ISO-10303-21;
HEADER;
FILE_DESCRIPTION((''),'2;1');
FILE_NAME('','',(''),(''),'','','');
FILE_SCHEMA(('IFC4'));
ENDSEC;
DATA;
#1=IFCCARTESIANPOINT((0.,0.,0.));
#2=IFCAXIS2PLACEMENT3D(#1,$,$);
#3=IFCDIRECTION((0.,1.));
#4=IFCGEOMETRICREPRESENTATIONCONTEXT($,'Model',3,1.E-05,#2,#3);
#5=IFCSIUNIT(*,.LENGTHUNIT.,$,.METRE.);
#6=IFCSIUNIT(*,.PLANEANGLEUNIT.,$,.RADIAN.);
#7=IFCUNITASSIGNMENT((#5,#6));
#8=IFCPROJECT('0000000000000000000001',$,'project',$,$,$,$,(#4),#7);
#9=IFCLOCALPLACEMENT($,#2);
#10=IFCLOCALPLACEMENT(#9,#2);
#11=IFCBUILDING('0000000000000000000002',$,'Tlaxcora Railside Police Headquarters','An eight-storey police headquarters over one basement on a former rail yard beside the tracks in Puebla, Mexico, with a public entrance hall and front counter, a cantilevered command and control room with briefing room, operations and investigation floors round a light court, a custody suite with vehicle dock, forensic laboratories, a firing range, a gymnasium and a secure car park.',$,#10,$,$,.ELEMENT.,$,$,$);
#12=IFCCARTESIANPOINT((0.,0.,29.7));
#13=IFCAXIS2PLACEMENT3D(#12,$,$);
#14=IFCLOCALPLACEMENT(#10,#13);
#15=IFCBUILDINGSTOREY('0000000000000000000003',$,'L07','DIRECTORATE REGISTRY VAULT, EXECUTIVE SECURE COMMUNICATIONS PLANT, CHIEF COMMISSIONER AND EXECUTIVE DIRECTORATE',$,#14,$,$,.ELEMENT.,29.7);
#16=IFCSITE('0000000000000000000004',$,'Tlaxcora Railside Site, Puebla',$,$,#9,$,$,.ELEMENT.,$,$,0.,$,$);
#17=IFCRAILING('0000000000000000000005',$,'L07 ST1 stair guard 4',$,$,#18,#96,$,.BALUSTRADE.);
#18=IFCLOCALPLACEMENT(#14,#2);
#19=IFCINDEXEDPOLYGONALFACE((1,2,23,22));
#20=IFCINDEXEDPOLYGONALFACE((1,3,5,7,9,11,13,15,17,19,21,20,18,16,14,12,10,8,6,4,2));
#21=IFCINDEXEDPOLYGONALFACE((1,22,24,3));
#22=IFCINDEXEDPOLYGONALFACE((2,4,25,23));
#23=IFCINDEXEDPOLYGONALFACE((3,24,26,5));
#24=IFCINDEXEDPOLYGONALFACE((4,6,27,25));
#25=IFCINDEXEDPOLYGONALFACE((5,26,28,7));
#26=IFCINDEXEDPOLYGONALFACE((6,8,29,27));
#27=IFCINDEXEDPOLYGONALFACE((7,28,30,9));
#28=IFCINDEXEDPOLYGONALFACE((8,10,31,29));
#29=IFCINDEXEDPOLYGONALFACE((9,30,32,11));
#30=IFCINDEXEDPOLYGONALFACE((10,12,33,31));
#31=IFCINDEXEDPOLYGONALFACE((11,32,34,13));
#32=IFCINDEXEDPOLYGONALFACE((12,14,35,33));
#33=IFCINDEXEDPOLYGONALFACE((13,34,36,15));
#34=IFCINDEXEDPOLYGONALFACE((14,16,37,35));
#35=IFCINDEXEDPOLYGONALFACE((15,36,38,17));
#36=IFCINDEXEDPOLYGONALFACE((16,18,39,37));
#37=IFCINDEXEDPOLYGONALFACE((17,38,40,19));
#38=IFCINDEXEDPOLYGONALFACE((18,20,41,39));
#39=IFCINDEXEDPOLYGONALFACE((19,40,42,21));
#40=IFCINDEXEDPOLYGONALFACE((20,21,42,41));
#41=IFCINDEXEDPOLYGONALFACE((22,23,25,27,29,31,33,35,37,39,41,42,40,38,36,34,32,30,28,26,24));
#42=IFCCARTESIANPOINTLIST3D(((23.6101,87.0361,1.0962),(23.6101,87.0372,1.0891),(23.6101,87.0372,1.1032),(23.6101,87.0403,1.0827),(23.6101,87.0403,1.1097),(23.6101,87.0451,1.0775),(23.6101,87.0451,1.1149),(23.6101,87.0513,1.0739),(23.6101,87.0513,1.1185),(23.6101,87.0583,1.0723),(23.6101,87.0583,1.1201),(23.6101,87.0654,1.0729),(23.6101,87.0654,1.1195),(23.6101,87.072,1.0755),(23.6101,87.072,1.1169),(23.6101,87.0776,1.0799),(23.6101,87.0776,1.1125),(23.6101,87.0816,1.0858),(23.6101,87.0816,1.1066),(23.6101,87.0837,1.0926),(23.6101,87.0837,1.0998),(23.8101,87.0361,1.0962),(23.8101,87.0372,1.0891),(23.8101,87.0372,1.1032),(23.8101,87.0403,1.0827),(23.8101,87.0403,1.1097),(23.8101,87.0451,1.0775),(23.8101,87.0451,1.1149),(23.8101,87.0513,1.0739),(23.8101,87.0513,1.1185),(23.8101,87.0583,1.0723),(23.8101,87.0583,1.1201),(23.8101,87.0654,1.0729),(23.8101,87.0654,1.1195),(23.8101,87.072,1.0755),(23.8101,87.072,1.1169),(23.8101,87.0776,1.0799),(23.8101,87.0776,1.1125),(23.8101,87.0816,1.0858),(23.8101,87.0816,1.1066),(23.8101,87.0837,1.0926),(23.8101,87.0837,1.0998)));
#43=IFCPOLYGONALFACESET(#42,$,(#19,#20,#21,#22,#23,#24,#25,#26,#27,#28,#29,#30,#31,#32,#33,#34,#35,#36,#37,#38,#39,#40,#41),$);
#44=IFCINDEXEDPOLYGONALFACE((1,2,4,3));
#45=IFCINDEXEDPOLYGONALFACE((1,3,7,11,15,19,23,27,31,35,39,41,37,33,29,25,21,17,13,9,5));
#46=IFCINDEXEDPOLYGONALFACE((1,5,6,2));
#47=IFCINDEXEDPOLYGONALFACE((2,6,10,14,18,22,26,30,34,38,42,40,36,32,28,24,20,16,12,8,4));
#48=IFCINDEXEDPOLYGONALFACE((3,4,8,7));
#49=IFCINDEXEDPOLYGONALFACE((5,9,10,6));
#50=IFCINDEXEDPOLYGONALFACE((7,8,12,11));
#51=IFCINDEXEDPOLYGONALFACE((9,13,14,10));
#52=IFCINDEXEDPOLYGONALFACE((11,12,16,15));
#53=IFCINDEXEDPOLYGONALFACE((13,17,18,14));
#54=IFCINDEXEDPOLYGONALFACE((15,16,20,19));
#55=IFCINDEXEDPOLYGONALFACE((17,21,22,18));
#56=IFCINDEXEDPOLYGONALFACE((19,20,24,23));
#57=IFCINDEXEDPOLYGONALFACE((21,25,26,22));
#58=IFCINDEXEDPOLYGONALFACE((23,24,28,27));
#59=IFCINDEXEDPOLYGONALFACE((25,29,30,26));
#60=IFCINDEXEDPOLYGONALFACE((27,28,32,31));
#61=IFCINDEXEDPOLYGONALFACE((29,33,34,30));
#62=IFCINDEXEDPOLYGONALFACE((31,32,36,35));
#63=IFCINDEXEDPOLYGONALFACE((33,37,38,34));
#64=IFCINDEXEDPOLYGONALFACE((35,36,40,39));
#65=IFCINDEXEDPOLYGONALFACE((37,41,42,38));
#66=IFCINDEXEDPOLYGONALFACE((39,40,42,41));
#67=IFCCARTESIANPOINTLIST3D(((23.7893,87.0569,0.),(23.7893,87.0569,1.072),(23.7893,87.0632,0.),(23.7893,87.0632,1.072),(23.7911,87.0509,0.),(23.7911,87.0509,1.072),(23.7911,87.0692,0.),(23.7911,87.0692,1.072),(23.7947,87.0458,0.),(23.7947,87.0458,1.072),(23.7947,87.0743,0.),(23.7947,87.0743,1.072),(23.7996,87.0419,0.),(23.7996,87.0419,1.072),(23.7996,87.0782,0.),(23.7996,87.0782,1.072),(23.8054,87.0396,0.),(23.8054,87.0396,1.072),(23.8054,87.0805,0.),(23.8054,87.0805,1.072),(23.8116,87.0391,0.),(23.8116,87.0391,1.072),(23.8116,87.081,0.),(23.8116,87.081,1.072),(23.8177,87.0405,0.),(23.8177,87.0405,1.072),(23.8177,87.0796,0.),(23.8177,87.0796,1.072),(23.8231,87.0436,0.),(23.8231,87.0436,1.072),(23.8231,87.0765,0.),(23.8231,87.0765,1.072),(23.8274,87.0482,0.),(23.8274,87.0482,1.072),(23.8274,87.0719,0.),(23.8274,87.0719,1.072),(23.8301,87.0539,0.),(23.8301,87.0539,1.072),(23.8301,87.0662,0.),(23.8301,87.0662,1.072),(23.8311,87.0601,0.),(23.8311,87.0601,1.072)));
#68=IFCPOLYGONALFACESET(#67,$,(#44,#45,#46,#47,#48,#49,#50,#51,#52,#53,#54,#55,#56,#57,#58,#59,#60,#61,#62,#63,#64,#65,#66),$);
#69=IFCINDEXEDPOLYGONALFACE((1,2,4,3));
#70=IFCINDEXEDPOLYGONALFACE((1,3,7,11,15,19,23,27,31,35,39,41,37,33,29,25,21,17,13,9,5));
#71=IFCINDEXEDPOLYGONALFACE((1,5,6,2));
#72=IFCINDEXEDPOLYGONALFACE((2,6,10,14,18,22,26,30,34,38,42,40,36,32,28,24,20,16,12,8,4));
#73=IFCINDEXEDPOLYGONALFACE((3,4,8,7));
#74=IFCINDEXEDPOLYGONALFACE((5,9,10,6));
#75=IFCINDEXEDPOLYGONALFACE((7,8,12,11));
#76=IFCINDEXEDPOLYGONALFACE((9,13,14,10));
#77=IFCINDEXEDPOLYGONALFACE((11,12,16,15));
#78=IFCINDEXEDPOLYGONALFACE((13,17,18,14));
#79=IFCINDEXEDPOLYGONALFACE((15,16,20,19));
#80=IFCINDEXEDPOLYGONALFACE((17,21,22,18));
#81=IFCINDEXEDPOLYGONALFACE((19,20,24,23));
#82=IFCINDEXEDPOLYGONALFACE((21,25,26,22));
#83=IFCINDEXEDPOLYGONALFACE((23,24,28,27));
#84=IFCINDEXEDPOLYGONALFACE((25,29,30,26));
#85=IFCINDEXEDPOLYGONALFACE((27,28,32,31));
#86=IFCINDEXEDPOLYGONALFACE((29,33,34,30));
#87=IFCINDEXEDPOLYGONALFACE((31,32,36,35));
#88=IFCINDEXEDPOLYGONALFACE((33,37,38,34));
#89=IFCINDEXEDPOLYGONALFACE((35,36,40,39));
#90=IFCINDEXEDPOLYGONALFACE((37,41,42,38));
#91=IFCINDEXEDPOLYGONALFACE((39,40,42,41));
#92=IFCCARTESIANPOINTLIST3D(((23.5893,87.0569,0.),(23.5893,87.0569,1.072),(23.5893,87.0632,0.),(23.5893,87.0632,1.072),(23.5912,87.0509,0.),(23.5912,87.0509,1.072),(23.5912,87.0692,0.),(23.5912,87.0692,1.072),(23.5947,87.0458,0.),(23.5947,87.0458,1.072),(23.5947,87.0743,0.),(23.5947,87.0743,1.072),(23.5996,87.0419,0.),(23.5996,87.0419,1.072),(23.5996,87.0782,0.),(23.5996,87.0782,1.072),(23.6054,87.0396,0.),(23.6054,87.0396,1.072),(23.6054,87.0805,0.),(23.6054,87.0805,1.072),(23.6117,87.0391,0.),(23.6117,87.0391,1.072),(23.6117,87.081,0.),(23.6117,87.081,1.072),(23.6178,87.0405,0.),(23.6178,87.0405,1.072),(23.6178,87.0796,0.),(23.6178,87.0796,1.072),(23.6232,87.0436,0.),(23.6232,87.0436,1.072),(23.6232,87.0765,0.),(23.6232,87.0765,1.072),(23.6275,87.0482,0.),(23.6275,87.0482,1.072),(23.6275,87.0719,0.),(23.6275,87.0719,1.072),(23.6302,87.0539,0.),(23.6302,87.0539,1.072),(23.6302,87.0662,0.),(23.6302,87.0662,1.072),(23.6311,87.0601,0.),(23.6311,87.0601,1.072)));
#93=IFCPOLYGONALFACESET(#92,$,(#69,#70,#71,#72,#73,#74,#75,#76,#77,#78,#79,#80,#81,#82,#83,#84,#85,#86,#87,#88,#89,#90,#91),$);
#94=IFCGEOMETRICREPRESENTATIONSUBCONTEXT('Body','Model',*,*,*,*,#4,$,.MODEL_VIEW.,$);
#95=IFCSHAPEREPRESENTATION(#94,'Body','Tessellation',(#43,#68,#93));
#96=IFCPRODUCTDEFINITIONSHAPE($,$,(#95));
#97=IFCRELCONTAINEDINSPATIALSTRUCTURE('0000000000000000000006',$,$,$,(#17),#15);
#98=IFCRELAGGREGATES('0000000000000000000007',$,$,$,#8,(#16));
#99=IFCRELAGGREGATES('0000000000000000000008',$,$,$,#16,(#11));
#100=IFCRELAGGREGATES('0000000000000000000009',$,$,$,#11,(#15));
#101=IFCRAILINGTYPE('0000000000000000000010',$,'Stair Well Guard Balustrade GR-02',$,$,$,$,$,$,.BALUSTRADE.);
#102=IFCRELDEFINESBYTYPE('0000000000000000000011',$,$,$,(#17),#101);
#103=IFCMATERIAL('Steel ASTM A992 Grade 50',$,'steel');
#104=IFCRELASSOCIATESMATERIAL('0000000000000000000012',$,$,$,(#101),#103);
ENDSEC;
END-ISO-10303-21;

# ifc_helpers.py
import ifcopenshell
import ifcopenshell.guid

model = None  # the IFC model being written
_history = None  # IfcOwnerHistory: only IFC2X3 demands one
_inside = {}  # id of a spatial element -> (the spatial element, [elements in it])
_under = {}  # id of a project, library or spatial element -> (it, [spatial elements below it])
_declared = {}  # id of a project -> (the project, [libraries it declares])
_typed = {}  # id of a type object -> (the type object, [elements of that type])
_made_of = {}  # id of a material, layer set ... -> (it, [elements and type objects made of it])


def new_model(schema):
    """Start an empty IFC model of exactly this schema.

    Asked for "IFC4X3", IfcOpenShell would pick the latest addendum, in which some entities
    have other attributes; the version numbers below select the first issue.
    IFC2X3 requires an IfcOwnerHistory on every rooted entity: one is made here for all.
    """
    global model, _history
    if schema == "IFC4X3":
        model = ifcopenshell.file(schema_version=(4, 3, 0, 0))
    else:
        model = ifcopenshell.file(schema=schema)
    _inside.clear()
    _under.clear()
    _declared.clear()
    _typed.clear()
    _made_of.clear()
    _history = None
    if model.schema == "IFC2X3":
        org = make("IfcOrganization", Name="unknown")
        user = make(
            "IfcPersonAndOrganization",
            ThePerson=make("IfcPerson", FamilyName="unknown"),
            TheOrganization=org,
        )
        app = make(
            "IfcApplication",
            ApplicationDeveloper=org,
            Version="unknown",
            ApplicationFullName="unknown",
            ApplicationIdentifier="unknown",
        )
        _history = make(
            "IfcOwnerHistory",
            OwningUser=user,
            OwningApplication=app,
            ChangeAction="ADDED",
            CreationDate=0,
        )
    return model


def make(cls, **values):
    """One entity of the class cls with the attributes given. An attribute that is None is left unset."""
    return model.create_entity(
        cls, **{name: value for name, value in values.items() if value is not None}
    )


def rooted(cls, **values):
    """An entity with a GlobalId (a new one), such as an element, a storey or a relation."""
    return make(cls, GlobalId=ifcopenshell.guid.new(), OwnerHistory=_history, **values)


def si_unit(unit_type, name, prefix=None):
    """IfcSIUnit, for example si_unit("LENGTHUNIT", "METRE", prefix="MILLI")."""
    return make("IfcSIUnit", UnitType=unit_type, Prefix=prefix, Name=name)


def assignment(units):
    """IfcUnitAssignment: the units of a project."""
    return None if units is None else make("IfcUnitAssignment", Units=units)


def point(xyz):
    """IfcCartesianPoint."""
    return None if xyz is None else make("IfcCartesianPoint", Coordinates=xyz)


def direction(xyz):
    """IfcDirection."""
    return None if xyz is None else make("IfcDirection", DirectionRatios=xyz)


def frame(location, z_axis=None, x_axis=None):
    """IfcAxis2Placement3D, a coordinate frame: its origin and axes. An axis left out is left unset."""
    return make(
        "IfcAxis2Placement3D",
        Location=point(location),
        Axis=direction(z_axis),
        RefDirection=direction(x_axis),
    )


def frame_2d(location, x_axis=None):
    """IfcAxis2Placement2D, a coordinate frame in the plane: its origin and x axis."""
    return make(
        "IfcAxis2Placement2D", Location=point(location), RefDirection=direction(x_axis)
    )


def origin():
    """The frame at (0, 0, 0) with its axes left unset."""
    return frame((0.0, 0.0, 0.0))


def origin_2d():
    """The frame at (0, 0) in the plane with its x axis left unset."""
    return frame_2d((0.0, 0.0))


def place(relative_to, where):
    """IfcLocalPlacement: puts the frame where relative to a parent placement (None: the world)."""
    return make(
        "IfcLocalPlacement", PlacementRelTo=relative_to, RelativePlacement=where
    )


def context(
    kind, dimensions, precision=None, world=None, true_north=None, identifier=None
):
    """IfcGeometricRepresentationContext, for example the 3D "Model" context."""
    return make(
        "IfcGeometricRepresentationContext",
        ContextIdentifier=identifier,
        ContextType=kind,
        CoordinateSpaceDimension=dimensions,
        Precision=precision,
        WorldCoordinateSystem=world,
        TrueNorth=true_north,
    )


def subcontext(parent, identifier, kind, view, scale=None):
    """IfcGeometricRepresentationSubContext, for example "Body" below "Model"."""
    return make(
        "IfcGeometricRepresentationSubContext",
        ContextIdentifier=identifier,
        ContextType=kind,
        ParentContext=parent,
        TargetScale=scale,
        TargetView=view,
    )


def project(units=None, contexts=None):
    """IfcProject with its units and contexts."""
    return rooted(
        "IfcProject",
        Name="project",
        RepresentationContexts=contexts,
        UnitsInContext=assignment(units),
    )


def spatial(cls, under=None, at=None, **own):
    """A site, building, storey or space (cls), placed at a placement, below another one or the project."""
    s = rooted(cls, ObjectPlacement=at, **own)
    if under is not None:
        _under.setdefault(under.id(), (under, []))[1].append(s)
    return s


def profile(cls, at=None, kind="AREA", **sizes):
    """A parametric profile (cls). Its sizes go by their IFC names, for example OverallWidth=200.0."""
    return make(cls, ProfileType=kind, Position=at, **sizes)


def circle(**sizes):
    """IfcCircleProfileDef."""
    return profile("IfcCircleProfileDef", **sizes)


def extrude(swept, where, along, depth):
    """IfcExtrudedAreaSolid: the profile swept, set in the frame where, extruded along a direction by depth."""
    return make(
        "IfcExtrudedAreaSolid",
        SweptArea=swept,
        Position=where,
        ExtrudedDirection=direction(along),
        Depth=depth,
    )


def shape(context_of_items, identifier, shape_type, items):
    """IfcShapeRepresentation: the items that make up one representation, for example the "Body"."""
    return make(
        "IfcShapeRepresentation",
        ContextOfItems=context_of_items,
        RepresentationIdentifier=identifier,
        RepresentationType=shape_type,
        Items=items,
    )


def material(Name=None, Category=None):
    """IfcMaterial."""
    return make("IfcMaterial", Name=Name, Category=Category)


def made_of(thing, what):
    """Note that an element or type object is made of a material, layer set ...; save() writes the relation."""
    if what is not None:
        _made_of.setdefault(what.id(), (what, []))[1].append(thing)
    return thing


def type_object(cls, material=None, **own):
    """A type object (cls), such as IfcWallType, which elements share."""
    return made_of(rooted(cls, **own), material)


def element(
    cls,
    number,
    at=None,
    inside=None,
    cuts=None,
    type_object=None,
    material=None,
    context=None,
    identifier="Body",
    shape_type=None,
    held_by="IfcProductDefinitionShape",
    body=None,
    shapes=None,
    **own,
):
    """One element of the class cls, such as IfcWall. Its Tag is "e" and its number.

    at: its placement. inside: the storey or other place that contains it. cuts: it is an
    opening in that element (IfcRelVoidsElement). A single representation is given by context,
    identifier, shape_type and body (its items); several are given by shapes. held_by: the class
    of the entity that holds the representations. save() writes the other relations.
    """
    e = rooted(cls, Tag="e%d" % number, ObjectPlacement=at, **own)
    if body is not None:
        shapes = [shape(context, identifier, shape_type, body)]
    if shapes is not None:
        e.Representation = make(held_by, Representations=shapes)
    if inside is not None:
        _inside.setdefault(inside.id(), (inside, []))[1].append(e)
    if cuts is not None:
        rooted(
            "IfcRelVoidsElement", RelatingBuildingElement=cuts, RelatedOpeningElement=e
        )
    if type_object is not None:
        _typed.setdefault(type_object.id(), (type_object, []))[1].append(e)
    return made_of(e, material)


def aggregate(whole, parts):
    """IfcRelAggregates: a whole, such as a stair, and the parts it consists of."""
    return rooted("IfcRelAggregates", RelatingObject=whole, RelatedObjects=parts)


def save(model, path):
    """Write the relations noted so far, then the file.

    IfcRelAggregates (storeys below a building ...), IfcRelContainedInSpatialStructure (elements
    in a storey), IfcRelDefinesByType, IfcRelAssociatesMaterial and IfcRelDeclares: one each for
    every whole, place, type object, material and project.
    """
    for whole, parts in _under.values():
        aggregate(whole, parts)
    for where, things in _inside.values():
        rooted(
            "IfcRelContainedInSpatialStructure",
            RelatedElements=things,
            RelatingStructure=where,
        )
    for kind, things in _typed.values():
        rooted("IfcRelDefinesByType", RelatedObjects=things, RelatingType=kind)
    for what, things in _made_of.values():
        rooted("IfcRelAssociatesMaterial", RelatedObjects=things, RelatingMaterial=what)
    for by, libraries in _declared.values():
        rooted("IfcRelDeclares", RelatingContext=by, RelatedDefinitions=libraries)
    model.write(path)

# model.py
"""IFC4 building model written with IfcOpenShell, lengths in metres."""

from ifc_helpers import new_model, si_unit, direction, frame, origin, origin_2d, place, context, subcontext, project, spatial, circle, extrude, material, type_object, element, save


model = new_model("IFC4")

# Units and contexts
model_context = context("Model", 3, precision=1e-05, world=origin(), true_north=direction((0.0, 1.0)))
body_context = subcontext(model_context, "Body", "Model", "MODEL_VIEW")
ifc_project = project(units=[si_unit("LENGTHUNIT", "METRE"), si_unit("PLANEANGLEUNIT", "RADIAN")], contexts=[model_context])

# Site, building, storey
site_placement = place(None, origin())
site = spatial("IfcSite", under=ifc_project, at=site_placement, Name="Tlaxcora Railside Site, Puebla", CompositionType="ELEMENT", RefElevation=0.0)
building_placement = place(site_placement, origin())
building = spatial("IfcBuilding", under=site, at=building_placement, Name="Tlaxcora Railside Police Headquarters", Description="An eight-storey police headquarters over one basement on a former rail yard beside the tracks in Puebla, Mexico, with a public entrance hall and front counter, a cantilevered command and control room with briefing room, operations and investigation floors round a light court, a custody suite with vehicle dock, forensic laboratories, a firing range, a gymnasium and a secure car park.", CompositionType="ELEMENT")
storey_placement = place(building_placement, frame((0.0, 0.0, 29.7)))
storey = spatial("IfcBuildingStorey", under=building, at=storey_placement, Name="L07", Description="DIRECTORATE REGISTRY VAULT, EXECUTIVE SECURE COMMUNICATIONS PLANT, CHIEF COMMISSIONER AND EXECUTIVE DIRECTORATE", CompositionType="ELEMENT", Elevation=29.7)

# Shared definitions
ifc_material_1 = material(Name="Steel ASTM A992 Grade 50", Category="steel")

# Railing
railing_type_1 = type_object("IfcRailingType", Name="Stair Well Guard Balustrade GR-02", PredefinedType="BALUSTRADE", material=ifc_material_1)
railing_1_placement = place(storey_placement, frame((23.8101, 87.0601, 0.0)))
element("IfcRailing", 1, at=railing_1_placement, inside=storey, type_object=railing_type_1, Name="L07 ST1 stair guard 4", PredefinedType="BALUSTRADE", context=body_context, shape_type="SweptSolid", body=[
    extrude(circle(Radius=0.0239, at=origin_2d()), frame((0.0, 0.0, 1.0962), z_axis=(-1.0, 0.0, 0.0), x_axis=(0.0, -1.0, 0.0)), (0.0, 0.0, 1.0), 0.2),
    extrude(circle(Radius=0.021, at=origin_2d()), origin(), (0.0, 0.0, 1.0), 1.072),
    extrude(circle(Radius=0.021, at=origin_2d()), frame((-0.2, 0.0, 0.0)), (0.0, 0.0, 1.0), 1.072),
])

save(model, "model.ifc")
